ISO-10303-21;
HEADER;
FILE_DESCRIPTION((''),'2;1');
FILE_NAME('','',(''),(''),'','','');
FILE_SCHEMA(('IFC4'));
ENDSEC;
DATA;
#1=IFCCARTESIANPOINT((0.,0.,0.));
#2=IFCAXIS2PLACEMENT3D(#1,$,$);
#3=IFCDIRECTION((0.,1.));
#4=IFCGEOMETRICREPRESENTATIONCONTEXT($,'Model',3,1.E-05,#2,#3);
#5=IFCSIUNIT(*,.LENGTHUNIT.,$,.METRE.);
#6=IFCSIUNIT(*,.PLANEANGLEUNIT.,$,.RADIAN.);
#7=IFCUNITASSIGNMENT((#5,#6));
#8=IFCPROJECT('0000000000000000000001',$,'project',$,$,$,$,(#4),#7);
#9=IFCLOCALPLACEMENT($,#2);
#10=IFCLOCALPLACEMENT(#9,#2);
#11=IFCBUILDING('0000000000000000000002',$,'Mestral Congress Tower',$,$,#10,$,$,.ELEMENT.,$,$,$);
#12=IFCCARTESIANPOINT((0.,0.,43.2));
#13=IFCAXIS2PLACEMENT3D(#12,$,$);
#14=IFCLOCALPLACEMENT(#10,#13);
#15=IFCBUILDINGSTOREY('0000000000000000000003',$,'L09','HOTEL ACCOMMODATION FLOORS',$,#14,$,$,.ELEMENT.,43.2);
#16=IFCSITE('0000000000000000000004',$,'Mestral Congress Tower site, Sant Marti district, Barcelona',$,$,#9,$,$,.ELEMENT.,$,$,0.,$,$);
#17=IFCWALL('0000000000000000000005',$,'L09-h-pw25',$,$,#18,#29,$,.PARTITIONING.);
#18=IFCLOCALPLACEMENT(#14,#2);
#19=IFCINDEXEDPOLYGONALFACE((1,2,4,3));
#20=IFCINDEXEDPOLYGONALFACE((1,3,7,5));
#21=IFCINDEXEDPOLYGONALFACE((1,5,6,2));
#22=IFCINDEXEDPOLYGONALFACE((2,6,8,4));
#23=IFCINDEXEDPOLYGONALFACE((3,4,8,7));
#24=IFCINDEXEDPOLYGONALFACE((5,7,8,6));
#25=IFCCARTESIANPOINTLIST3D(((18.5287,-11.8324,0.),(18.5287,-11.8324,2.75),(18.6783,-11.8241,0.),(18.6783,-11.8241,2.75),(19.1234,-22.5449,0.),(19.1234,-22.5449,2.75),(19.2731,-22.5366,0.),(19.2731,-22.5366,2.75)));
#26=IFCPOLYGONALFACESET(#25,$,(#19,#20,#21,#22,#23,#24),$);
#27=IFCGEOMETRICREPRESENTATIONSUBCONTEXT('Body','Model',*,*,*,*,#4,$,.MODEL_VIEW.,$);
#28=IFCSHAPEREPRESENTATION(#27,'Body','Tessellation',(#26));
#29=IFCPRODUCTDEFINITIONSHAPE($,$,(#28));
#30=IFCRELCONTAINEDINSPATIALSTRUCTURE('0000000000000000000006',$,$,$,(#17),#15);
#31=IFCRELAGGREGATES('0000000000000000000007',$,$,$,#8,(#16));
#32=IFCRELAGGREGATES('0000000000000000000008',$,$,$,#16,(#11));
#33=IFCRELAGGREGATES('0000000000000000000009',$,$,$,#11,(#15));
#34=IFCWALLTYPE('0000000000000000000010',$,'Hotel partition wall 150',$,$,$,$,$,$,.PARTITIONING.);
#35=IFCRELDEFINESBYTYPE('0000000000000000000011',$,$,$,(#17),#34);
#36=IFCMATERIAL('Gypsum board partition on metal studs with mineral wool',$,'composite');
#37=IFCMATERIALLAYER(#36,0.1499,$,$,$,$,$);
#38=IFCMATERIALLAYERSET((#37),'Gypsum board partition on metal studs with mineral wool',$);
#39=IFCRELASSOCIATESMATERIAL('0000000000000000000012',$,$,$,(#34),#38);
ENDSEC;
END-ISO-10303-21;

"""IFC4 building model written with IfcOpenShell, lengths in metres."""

from ifc_helpers import new_model, si_unit, direction, frame, frame_2d, origin, place, context, subcontext, project, spatial, rectangle, extrude, material, layer, layer_set, type_object, element, save


model = new_model("IFC4")

# Units and contexts
model_context = context("Model", 3, precision=1e-05, world=origin(), true_north=direction((0.0, 1.0)))
body_context = subcontext(model_context, "Body", "Model", "MODEL_VIEW")
ifc_project = project(units=[si_unit("LENGTHUNIT", "METRE"), si_unit("PLANEANGLEUNIT", "RADIAN")], contexts=[model_context])

# Site, building, storey
site_placement = place(None, origin())
site = spatial("IfcSite", under=ifc_project, at=site_placement, Name="Mestral Congress Tower site, Sant Marti district, Barcelona", CompositionType="ELEMENT", RefElevation=0.0)
building_placement = place(site_placement, origin())
building = spatial("IfcBuilding", under=site, at=building_placement, Name="Mestral Congress Tower", CompositionType="ELEMENT")
storey_placement = place(building_placement, frame((0.0, 0.0, 43.2)))
storey = spatial("IfcBuildingStorey", under=building, at=storey_placement, Name="L09", Description="HOTEL ACCOMMODATION FLOORS", CompositionType="ELEMENT", Elevation=43.2)

# Shared definitions
ifc_material_1 = material(Name="Gypsum board partition on metal studs with mineral wool", Category="composite")

# Shared definitions
ifc_layer_1 = layer(ifc_material_1, 0.1499)
ifc_layer_set_1 = layer_set([ifc_layer_1], Name="Gypsum board partition on metal studs with mineral wool")
wall_type_1 = type_object("IfcWallType", Name="Hotel partition wall 150", PredefinedType="PARTITIONING", material=ifc_layer_set_1)

# Wall
wall_1_placement = place(storey_placement, frame((19.1982, -22.5408, 0.0), z_axis=(0.0, 0.0, 1.0), x_axis=(-0.055432, 0.998462, 0.0)))
element("IfcWall", 1, at=wall_1_placement, inside=storey, type_object=wall_type_1, Name="L09-h-pw25", PredefinedType="PARTITIONING", context=body_context, shape_type="SweptSolid", body=[
    extrude(rectangle(XDim=10.729, YDim=0.1499, at=frame_2d((5.3645, 0.0))), origin(), (0.0, 0.0, 1.0), 2.75),
])

save(model, "model.ifc")
